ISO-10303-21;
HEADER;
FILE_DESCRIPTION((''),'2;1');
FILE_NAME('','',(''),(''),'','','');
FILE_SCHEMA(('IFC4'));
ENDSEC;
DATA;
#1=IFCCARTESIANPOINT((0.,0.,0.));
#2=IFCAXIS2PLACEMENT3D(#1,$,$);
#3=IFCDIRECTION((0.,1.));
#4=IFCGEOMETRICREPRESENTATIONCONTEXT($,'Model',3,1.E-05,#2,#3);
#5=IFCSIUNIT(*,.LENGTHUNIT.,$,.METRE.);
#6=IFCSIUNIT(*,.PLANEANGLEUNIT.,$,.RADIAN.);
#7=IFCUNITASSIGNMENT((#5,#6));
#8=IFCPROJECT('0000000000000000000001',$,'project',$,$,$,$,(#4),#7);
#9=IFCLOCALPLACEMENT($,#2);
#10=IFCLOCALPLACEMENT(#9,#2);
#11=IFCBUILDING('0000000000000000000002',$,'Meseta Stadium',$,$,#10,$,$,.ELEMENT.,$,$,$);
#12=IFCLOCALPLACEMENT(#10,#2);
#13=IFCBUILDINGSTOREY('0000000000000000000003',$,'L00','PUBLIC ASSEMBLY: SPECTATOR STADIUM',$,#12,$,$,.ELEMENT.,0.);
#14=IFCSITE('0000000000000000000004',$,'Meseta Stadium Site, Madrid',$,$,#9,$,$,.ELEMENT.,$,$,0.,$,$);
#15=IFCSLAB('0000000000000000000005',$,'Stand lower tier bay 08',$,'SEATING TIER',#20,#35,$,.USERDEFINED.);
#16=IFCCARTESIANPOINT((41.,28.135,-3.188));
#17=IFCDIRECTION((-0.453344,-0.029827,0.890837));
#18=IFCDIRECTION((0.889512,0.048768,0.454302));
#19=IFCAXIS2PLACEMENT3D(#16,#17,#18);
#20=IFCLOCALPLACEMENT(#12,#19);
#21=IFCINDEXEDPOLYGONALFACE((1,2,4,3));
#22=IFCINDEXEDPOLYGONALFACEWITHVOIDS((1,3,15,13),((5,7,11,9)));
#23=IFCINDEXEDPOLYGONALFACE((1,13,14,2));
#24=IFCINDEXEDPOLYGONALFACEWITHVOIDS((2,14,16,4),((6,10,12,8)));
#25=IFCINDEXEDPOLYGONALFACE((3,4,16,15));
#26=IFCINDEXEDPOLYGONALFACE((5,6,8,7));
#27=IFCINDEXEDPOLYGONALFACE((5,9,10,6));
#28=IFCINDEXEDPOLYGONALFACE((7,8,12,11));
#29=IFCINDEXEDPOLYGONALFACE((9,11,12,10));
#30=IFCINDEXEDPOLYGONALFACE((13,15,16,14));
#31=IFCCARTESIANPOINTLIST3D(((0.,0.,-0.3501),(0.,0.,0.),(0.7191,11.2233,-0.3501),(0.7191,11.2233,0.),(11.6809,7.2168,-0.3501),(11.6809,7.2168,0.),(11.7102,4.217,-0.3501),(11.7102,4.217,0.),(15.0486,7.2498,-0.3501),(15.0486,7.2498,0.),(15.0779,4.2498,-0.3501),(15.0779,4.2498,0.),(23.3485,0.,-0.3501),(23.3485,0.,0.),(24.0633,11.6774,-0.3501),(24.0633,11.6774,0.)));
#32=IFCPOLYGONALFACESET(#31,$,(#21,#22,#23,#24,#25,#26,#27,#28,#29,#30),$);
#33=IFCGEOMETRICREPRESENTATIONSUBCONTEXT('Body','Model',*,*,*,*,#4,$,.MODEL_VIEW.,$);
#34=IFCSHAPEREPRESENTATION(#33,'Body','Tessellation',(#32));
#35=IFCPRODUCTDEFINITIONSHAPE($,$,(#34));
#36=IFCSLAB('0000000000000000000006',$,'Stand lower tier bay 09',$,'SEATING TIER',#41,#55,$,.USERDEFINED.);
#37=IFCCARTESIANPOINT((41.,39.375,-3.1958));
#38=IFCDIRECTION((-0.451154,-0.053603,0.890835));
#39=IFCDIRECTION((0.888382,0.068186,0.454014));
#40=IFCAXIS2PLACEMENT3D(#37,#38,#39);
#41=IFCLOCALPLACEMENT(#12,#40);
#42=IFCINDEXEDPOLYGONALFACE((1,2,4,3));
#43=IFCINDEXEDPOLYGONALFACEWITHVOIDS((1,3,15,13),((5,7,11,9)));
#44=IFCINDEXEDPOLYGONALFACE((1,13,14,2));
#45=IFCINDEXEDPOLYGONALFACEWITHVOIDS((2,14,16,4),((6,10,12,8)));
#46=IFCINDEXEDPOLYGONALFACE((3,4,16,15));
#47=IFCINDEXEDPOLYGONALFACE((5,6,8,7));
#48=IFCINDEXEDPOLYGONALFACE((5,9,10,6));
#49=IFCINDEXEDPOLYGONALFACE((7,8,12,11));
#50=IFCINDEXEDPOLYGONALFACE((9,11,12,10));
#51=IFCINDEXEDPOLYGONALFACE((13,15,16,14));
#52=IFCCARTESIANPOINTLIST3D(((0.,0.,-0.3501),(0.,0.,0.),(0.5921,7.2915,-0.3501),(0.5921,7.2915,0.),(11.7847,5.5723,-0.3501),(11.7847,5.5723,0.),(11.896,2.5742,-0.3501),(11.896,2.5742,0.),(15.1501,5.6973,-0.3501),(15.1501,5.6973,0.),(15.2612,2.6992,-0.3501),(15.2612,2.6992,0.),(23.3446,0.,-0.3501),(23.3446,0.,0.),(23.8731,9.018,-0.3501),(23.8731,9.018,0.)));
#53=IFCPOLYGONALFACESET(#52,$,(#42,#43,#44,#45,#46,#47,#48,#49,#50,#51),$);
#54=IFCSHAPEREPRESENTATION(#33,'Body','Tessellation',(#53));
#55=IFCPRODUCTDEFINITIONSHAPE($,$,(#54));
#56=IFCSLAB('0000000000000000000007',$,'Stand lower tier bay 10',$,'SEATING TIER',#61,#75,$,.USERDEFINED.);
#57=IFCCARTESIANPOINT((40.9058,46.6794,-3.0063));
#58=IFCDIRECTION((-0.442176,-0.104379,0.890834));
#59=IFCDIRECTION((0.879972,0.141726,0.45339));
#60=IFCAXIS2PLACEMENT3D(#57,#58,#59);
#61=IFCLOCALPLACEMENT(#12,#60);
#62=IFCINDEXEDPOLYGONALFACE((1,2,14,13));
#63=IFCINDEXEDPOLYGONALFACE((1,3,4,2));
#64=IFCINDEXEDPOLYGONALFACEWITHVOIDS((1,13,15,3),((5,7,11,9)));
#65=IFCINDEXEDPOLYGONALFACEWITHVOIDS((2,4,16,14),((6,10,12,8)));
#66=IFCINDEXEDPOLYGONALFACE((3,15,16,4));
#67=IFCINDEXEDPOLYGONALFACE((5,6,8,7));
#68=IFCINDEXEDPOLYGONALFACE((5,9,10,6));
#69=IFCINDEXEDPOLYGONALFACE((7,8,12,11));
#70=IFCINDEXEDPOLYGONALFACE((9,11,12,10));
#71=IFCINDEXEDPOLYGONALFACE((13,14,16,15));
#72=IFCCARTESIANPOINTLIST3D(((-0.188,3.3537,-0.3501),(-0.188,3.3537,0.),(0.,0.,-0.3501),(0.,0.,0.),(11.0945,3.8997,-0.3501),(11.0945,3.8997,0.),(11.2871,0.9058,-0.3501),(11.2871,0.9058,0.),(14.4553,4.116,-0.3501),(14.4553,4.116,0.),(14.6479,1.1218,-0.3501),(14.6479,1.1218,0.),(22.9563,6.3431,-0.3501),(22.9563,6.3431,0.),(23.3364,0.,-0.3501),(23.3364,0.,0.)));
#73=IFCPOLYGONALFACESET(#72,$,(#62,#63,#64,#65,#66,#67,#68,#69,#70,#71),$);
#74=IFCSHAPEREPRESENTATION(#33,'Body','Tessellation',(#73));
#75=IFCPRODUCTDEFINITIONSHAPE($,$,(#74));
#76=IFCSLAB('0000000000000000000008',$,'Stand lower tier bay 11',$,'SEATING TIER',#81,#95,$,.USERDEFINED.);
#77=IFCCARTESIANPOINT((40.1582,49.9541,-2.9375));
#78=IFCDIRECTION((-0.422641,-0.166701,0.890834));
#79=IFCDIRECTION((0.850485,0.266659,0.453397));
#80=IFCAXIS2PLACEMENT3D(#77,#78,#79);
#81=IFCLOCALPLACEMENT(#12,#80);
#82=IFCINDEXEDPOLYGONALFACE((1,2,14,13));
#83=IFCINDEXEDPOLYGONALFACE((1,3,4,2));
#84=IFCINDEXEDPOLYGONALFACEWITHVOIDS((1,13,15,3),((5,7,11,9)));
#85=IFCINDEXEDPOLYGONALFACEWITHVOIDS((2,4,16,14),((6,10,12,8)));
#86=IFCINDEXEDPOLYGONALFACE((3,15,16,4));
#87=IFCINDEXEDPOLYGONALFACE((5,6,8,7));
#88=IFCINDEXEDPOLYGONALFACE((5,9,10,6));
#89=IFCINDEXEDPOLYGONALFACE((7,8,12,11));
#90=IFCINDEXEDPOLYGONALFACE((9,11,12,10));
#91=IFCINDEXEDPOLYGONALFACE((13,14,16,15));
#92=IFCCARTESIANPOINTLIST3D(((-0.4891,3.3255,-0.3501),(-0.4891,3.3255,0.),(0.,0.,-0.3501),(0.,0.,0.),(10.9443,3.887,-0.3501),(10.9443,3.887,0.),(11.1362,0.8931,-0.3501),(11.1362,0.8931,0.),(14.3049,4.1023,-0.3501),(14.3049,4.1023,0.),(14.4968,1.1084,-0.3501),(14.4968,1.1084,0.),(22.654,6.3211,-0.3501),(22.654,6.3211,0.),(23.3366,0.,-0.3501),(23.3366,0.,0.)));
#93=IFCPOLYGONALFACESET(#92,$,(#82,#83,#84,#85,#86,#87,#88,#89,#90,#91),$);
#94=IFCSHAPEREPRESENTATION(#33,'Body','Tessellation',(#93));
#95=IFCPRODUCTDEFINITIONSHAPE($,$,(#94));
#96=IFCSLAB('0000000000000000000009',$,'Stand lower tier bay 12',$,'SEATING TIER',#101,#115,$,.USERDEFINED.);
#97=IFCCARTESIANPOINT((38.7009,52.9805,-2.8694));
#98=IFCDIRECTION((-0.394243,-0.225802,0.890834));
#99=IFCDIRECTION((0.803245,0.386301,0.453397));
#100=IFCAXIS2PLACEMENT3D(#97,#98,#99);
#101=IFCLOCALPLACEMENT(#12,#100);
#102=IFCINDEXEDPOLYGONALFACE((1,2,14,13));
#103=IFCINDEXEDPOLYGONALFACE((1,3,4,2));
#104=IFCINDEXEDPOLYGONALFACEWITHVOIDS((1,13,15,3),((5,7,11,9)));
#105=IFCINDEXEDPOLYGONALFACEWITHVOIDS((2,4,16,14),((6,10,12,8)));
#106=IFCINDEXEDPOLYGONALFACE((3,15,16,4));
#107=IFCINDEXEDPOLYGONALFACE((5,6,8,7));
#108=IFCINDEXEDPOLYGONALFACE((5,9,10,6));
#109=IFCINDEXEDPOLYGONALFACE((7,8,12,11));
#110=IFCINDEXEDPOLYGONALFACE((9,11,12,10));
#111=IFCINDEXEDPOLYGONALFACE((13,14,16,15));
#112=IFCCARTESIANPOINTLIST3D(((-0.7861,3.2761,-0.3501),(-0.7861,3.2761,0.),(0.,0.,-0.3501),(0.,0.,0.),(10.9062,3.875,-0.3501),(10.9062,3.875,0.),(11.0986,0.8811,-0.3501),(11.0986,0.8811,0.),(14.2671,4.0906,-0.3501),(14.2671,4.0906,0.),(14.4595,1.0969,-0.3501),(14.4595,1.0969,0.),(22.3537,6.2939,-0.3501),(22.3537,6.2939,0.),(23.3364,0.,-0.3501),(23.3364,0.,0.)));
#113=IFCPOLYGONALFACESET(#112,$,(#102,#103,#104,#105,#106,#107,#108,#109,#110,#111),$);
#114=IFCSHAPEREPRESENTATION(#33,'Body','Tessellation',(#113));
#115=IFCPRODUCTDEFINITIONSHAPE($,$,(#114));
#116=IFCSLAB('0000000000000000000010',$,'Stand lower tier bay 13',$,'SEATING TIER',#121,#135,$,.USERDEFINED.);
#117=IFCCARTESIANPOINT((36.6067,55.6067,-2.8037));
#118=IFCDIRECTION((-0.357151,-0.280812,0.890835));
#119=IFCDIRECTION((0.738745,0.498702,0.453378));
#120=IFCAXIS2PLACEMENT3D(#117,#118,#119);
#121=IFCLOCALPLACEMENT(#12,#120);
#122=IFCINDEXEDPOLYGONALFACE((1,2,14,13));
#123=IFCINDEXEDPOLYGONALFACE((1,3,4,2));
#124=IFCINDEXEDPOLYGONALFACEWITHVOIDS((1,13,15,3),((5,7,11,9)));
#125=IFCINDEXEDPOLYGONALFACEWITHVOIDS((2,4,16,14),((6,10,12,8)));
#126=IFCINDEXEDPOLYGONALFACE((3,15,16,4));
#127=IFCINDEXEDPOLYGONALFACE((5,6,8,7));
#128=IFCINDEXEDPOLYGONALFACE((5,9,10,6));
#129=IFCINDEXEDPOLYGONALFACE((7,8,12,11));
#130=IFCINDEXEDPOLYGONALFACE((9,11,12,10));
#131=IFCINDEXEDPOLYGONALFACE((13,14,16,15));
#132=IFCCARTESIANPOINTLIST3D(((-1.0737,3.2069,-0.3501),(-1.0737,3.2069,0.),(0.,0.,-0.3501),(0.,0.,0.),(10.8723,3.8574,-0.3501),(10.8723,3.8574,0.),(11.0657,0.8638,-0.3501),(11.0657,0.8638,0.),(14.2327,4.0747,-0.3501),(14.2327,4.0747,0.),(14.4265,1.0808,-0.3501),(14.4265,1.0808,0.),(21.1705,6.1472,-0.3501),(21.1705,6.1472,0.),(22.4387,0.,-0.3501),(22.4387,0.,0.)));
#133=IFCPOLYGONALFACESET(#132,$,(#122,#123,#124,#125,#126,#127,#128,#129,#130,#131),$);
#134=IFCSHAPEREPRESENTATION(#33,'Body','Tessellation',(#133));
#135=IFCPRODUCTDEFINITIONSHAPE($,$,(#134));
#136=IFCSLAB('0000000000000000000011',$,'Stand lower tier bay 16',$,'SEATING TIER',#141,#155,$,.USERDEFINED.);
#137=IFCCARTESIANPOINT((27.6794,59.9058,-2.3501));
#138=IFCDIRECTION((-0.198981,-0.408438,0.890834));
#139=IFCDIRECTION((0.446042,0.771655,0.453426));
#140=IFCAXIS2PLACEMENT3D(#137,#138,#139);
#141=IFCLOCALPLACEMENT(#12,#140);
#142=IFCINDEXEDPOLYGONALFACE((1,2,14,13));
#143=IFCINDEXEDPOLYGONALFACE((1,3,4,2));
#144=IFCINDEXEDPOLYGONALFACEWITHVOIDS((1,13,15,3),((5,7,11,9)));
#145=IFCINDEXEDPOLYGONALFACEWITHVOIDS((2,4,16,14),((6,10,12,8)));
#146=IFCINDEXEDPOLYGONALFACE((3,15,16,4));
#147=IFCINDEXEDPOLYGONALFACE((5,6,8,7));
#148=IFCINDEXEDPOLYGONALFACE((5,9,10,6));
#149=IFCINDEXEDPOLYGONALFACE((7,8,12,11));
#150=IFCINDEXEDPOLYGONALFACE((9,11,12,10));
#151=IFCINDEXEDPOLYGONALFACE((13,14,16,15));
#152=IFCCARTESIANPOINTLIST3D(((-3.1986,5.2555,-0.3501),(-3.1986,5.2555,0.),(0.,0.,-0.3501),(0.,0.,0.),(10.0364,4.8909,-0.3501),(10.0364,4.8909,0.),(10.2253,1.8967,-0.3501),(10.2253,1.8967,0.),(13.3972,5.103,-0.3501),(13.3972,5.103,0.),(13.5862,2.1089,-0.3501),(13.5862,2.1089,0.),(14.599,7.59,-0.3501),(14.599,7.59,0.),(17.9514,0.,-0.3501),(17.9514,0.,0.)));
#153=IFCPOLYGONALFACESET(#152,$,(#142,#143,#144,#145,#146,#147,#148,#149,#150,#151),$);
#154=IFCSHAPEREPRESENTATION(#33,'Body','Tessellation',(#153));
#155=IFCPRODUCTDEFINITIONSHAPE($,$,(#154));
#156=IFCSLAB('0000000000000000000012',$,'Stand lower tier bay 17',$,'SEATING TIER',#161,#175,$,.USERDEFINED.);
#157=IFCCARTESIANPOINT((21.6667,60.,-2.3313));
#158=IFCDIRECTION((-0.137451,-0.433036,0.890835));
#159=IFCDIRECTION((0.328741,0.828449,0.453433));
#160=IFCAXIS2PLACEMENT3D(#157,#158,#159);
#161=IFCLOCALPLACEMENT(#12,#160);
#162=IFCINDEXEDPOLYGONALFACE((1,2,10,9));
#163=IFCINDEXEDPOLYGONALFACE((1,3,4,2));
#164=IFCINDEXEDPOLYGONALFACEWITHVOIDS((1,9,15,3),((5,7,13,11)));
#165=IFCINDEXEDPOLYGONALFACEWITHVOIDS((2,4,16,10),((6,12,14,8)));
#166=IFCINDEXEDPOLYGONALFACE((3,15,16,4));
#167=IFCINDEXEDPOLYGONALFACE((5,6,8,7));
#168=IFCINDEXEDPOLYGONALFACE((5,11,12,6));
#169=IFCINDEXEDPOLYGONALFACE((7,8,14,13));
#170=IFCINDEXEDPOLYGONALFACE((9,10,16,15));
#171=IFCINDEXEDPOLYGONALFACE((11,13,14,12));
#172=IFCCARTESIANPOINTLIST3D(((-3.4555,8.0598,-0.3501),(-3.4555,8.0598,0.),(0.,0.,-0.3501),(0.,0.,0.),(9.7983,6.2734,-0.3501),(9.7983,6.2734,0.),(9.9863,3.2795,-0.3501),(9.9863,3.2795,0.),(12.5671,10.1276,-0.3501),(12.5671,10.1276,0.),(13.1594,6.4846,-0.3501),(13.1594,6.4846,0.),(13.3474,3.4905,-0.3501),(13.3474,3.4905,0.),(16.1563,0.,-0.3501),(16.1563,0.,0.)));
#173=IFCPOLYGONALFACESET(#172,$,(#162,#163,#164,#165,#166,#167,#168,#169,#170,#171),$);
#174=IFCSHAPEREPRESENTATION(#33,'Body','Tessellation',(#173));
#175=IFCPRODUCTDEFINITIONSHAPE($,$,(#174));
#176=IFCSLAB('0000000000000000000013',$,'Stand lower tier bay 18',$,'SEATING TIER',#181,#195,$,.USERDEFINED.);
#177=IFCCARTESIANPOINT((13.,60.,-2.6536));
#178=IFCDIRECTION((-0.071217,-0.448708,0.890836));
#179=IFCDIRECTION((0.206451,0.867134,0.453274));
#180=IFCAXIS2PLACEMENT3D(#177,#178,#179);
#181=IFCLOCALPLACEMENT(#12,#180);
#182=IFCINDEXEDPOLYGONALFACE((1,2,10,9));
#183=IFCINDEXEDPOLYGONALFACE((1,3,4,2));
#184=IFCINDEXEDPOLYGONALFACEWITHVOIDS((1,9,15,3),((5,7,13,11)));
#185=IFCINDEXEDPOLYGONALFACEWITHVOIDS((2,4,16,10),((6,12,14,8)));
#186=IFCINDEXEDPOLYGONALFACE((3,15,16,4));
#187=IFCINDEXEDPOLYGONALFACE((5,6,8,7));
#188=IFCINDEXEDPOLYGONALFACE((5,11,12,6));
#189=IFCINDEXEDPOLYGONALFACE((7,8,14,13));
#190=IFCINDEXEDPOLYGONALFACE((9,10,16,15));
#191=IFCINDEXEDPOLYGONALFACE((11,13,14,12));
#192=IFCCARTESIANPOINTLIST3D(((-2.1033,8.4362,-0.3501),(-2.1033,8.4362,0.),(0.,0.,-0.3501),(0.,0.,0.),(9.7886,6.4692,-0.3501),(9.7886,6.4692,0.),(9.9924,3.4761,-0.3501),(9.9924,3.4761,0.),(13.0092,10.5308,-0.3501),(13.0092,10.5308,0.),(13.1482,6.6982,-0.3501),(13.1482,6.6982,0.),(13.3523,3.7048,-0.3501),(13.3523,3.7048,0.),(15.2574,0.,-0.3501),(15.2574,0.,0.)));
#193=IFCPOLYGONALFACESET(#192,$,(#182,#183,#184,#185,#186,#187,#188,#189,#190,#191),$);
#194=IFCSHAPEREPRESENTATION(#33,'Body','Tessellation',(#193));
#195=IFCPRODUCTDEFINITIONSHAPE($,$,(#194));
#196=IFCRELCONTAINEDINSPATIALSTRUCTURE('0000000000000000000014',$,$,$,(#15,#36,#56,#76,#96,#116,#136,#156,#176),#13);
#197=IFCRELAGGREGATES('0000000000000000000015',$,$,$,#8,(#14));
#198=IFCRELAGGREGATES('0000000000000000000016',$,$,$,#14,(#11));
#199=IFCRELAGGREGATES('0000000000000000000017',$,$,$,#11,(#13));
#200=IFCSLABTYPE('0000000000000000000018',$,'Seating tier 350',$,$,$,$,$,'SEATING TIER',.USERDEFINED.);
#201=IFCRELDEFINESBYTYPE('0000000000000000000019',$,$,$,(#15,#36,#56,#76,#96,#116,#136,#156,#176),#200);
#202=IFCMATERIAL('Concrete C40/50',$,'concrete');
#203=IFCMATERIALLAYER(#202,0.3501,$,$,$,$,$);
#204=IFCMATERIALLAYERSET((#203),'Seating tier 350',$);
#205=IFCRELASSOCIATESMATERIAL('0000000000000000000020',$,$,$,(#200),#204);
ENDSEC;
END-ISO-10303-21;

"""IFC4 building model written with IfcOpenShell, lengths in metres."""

from ifc_helpers import new_model, si_unit, direction, frame, origin, place, context, subcontext, project, spatial, polyline, outline, extrude, material, layer, layer_set, type_object, element, save


model = new_model("IFC4")

# Units and contexts
model_context = context("Model", 3, precision=1e-05, world=origin(), true_north=direction((0.0, 1.0)))
body_context = subcontext(model_context, "Body", "Model", "MODEL_VIEW")
ifc_project = project(units=[si_unit("LENGTHUNIT", "METRE"), si_unit("PLANEANGLEUNIT", "RADIAN")], contexts=[model_context])

# Site, building, storey
site_placement = place(None, origin())
site = spatial("IfcSite", under=ifc_project, at=site_placement, Name="Meseta Stadium Site, Madrid", CompositionType="ELEMENT", RefElevation=0.0)
building_placement = place(site_placement, origin())
building = spatial("IfcBuilding", under=site, at=building_placement, Name="Meseta Stadium", CompositionType="ELEMENT")
storey_placement = place(building_placement, origin())
storey = spatial("IfcBuildingStorey", under=building, at=storey_placement, Name="L00", Description="PUBLIC ASSEMBLY: SPECTATOR STADIUM", CompositionType="ELEMENT", Elevation=0.0)

# Slabs
ifc_material_1 = material(Name="Concrete C40/50", Category="concrete")
ifc_layer_1 = layer(ifc_material_1, 0.3501)
ifc_layer_set_1 = layer_set([ifc_layer_1], Name="Seating tier 350")
slab_type = type_object("IfcSlabType", Name="Seating tier 350", ElementType="SEATING TIER", PredefinedType="USERDEFINED", material=ifc_layer_set_1)
slab_1_placement = place(storey_placement, frame((41.0, 28.135, -3.188), z_axis=(-0.453344, -0.029827, 0.890837), x_axis=(0.889512, 0.048768, 0.454302)))
element("IfcSlab", 1, at=slab_1_placement, inside=storey, type_object=slab_type, Name="Stand lower tier bay 08", ObjectType="SEATING TIER", PredefinedType="USERDEFINED", context=body_context, shape_type="SweptSolid", body=[
    extrude(outline(polyline([(0.0, 0.0), (23.3485, 0.0), (24.0633, 11.6774), (0.7191, 11.2233), (0.0, 0.0)]), holes=[polyline([(11.7102, 4.217), (15.0779, 4.2498), (15.0486, 7.2498), (11.6809, 7.2168), (11.7102, 4.217)])]), origin(), (0.0, 0.0, -1.0), 0.3501),
])
slab_2_placement = place(storey_placement, frame((41.0, 39.375, -3.1958), z_axis=(-0.451154, -0.053603, 0.890835), x_axis=(0.888382, 0.068186, 0.454014)))
element("IfcSlab", 2, at=slab_2_placement, inside=storey, type_object=slab_type, Name="Stand lower tier bay 09", ObjectType="SEATING TIER", PredefinedType="USERDEFINED", context=body_context, shape_type="SweptSolid", body=[
    extrude(outline(polyline([(0.0, 0.0), (23.3446, 0.0), (23.8731, 9.018), (0.5921, 7.2915), (0.0, 0.0)]), holes=[polyline([(11.896, 2.5742), (15.2612, 2.6992), (15.1501, 5.6973), (11.7847, 5.5723), (11.896, 2.5742)])]), origin(), (0.0, 0.0, -1.0), 0.3501),
])
slab_3_placement = place(storey_placement, frame((40.9058, 46.6794, -3.0063), z_axis=(-0.442176, -0.104379, 0.890834), x_axis=(0.879972, 0.141726, 0.45339)))
element("IfcSlab", 3, at=slab_3_placement, inside=storey, type_object=slab_type, Name="Stand lower tier bay 10", ObjectType="SEATING TIER", PredefinedType="USERDEFINED", context=body_context, shape_type="SweptSolid", body=[
    extrude(outline(polyline([(0.0, 0.0), (23.3364, 0.0), (22.9563, 6.3431), (-0.188, 3.3537), (0.0, 0.0)]), holes=[polyline([(11.2871, 0.9058), (14.6479, 1.1218), (14.4553, 4.116), (11.0945, 3.8997), (11.2871, 0.9058)])]), origin(), (0.0, 0.0, -1.0), 0.3501),
])
slab_4_placement = place(storey_placement, frame((40.1582, 49.9541, -2.9375), z_axis=(-0.422641, -0.166701, 0.890834), x_axis=(0.850485, 0.266659, 0.453397)))
element("IfcSlab", 4, at=slab_4_placement, inside=storey, type_object=slab_type, Name="Stand lower tier bay 11", ObjectType="SEATING TIER", PredefinedType="USERDEFINED", context=body_context, shape_type="SweptSolid", body=[
    extrude(outline(polyline([(0.0, 0.0), (23.3366, 0.0), (22.654, 6.3211), (-0.4891, 3.3255), (0.0, 0.0)]), holes=[polyline([(11.1362, 0.8931), (14.4968, 1.1084), (14.3049, 4.1023), (10.9443, 3.887), (11.1362, 0.8931)])]), origin(), (0.0, 0.0, -1.0), 0.3501),
])
slab_5_placement = place(storey_placement, frame((38.7009, 52.9805, -2.8694), z_axis=(-0.394243, -0.225802, 0.890834), x_axis=(0.803245, 0.386301, 0.453397)))
element("IfcSlab", 5, at=slab_5_placement, inside=storey, type_object=slab_type, Name="Stand lower tier bay 12", ObjectType="SEATING TIER", PredefinedType="USERDEFINED", context=body_context, shape_type="SweptSolid", body=[
    extrude(outline(polyline([(0.0, 0.0), (23.3364, 0.0), (22.3537, 6.2939), (-0.7861, 3.2761), (0.0, 0.0)]), holes=[polyline([(11.0986, 0.8811), (14.4595, 1.0969), (14.2671, 4.0906), (10.9062, 3.875), (11.0986, 0.8811)])]), origin(), (0.0, 0.0, -1.0), 0.3501),
])
slab_6_placement = place(storey_placement, frame((36.6067, 55.6067, -2.8037), z_axis=(-0.357151, -0.280812, 0.890835), x_axis=(0.738745, 0.498702, 0.453378)))
element("IfcSlab", 6, at=slab_6_placement, inside=storey, type_object=slab_type, Name="Stand lower tier bay 13", ObjectType="SEATING TIER", PredefinedType="USERDEFINED", context=body_context, shape_type="SweptSolid", body=[
    extrude(outline(polyline([(0.0, 0.0), (22.4387, 0.0), (21.1705, 6.1472), (-1.0737, 3.2069), (0.0, 0.0)]), holes=[polyline([(11.0657, 0.8638), (14.4265, 1.0808), (14.2327, 4.0747), (10.8723, 3.8574), (11.0657, 0.8638)])]), origin(), (0.0, 0.0, -1.0), 0.3501),
])
slab_7_placement = place(storey_placement, frame((27.6794, 59.9058, -2.3501), z_axis=(-0.198981, -0.408438, 0.890834), x_axis=(0.446042, 0.771655, 0.453426)))
element("IfcSlab", 7, at=slab_7_placement, inside=storey, type_object=slab_type, Name="Stand lower tier bay 16", ObjectType="SEATING TIER", PredefinedType="USERDEFINED", context=body_context, shape_type="SweptSolid", body=[
    extrude(outline(polyline([(0.0, 0.0), (17.9514, 0.0), (14.599, 7.59), (-3.1986, 5.2555), (0.0, 0.0)]), holes=[polyline([(10.2253, 1.8967), (13.5862, 2.1089), (13.3972, 5.103), (10.0364, 4.8909), (10.2253, 1.8967)])]), origin(), (0.0, 0.0, -1.0), 0.3501),
])
slab_8_placement = place(storey_placement, frame((21.6667, 60.0, -2.3313), z_axis=(-0.137451, -0.433036, 0.890835), x_axis=(0.328741, 0.828449, 0.453433)))
element("IfcSlab", 8, at=slab_8_placement, inside=storey, type_object=slab_type, Name="Stand lower tier bay 17", ObjectType="SEATING TIER", PredefinedType="USERDEFINED", context=body_context, shape_type="SweptSolid", body=[
    extrude(outline(polyline([(0.0, 0.0), (16.1563, 0.0), (12.5671, 10.1276), (-3.4555, 8.0598), (0.0, 0.0)]), holes=[polyline([(9.9863, 3.2795), (13.3474, 3.4905), (13.1594, 6.4846), (9.7983, 6.2734), (9.9863, 3.2795)])]), origin(), (0.0, 0.0, -1.0), 0.3501),
])
slab_9_placement = place(storey_placement, frame((13.0, 60.0, -2.6536), z_axis=(-0.071217, -0.448708, 0.890836), x_axis=(0.206451, 0.867134, 0.453274)))
element("IfcSlab", 9, at=slab_9_placement, inside=storey, type_object=slab_type, Name="Stand lower tier bay 18", ObjectType="SEATING TIER", PredefinedType="USERDEFINED", context=body_context, shape_type="SweptSolid", body=[
    extrude(outline(polyline([(0.0, 0.0), (15.2574, 0.0), (13.0092, 10.5308), (-2.1033, 8.4362), (0.0, 0.0)]), holes=[polyline([(9.9924, 3.4761), (13.3523, 3.7048), (13.1482, 6.6982), (9.7886, 6.4692), (9.9924, 3.4761)])]), origin(), (0.0, 0.0, -1.0), 0.3501),
])

save(model, "model.ifc")
